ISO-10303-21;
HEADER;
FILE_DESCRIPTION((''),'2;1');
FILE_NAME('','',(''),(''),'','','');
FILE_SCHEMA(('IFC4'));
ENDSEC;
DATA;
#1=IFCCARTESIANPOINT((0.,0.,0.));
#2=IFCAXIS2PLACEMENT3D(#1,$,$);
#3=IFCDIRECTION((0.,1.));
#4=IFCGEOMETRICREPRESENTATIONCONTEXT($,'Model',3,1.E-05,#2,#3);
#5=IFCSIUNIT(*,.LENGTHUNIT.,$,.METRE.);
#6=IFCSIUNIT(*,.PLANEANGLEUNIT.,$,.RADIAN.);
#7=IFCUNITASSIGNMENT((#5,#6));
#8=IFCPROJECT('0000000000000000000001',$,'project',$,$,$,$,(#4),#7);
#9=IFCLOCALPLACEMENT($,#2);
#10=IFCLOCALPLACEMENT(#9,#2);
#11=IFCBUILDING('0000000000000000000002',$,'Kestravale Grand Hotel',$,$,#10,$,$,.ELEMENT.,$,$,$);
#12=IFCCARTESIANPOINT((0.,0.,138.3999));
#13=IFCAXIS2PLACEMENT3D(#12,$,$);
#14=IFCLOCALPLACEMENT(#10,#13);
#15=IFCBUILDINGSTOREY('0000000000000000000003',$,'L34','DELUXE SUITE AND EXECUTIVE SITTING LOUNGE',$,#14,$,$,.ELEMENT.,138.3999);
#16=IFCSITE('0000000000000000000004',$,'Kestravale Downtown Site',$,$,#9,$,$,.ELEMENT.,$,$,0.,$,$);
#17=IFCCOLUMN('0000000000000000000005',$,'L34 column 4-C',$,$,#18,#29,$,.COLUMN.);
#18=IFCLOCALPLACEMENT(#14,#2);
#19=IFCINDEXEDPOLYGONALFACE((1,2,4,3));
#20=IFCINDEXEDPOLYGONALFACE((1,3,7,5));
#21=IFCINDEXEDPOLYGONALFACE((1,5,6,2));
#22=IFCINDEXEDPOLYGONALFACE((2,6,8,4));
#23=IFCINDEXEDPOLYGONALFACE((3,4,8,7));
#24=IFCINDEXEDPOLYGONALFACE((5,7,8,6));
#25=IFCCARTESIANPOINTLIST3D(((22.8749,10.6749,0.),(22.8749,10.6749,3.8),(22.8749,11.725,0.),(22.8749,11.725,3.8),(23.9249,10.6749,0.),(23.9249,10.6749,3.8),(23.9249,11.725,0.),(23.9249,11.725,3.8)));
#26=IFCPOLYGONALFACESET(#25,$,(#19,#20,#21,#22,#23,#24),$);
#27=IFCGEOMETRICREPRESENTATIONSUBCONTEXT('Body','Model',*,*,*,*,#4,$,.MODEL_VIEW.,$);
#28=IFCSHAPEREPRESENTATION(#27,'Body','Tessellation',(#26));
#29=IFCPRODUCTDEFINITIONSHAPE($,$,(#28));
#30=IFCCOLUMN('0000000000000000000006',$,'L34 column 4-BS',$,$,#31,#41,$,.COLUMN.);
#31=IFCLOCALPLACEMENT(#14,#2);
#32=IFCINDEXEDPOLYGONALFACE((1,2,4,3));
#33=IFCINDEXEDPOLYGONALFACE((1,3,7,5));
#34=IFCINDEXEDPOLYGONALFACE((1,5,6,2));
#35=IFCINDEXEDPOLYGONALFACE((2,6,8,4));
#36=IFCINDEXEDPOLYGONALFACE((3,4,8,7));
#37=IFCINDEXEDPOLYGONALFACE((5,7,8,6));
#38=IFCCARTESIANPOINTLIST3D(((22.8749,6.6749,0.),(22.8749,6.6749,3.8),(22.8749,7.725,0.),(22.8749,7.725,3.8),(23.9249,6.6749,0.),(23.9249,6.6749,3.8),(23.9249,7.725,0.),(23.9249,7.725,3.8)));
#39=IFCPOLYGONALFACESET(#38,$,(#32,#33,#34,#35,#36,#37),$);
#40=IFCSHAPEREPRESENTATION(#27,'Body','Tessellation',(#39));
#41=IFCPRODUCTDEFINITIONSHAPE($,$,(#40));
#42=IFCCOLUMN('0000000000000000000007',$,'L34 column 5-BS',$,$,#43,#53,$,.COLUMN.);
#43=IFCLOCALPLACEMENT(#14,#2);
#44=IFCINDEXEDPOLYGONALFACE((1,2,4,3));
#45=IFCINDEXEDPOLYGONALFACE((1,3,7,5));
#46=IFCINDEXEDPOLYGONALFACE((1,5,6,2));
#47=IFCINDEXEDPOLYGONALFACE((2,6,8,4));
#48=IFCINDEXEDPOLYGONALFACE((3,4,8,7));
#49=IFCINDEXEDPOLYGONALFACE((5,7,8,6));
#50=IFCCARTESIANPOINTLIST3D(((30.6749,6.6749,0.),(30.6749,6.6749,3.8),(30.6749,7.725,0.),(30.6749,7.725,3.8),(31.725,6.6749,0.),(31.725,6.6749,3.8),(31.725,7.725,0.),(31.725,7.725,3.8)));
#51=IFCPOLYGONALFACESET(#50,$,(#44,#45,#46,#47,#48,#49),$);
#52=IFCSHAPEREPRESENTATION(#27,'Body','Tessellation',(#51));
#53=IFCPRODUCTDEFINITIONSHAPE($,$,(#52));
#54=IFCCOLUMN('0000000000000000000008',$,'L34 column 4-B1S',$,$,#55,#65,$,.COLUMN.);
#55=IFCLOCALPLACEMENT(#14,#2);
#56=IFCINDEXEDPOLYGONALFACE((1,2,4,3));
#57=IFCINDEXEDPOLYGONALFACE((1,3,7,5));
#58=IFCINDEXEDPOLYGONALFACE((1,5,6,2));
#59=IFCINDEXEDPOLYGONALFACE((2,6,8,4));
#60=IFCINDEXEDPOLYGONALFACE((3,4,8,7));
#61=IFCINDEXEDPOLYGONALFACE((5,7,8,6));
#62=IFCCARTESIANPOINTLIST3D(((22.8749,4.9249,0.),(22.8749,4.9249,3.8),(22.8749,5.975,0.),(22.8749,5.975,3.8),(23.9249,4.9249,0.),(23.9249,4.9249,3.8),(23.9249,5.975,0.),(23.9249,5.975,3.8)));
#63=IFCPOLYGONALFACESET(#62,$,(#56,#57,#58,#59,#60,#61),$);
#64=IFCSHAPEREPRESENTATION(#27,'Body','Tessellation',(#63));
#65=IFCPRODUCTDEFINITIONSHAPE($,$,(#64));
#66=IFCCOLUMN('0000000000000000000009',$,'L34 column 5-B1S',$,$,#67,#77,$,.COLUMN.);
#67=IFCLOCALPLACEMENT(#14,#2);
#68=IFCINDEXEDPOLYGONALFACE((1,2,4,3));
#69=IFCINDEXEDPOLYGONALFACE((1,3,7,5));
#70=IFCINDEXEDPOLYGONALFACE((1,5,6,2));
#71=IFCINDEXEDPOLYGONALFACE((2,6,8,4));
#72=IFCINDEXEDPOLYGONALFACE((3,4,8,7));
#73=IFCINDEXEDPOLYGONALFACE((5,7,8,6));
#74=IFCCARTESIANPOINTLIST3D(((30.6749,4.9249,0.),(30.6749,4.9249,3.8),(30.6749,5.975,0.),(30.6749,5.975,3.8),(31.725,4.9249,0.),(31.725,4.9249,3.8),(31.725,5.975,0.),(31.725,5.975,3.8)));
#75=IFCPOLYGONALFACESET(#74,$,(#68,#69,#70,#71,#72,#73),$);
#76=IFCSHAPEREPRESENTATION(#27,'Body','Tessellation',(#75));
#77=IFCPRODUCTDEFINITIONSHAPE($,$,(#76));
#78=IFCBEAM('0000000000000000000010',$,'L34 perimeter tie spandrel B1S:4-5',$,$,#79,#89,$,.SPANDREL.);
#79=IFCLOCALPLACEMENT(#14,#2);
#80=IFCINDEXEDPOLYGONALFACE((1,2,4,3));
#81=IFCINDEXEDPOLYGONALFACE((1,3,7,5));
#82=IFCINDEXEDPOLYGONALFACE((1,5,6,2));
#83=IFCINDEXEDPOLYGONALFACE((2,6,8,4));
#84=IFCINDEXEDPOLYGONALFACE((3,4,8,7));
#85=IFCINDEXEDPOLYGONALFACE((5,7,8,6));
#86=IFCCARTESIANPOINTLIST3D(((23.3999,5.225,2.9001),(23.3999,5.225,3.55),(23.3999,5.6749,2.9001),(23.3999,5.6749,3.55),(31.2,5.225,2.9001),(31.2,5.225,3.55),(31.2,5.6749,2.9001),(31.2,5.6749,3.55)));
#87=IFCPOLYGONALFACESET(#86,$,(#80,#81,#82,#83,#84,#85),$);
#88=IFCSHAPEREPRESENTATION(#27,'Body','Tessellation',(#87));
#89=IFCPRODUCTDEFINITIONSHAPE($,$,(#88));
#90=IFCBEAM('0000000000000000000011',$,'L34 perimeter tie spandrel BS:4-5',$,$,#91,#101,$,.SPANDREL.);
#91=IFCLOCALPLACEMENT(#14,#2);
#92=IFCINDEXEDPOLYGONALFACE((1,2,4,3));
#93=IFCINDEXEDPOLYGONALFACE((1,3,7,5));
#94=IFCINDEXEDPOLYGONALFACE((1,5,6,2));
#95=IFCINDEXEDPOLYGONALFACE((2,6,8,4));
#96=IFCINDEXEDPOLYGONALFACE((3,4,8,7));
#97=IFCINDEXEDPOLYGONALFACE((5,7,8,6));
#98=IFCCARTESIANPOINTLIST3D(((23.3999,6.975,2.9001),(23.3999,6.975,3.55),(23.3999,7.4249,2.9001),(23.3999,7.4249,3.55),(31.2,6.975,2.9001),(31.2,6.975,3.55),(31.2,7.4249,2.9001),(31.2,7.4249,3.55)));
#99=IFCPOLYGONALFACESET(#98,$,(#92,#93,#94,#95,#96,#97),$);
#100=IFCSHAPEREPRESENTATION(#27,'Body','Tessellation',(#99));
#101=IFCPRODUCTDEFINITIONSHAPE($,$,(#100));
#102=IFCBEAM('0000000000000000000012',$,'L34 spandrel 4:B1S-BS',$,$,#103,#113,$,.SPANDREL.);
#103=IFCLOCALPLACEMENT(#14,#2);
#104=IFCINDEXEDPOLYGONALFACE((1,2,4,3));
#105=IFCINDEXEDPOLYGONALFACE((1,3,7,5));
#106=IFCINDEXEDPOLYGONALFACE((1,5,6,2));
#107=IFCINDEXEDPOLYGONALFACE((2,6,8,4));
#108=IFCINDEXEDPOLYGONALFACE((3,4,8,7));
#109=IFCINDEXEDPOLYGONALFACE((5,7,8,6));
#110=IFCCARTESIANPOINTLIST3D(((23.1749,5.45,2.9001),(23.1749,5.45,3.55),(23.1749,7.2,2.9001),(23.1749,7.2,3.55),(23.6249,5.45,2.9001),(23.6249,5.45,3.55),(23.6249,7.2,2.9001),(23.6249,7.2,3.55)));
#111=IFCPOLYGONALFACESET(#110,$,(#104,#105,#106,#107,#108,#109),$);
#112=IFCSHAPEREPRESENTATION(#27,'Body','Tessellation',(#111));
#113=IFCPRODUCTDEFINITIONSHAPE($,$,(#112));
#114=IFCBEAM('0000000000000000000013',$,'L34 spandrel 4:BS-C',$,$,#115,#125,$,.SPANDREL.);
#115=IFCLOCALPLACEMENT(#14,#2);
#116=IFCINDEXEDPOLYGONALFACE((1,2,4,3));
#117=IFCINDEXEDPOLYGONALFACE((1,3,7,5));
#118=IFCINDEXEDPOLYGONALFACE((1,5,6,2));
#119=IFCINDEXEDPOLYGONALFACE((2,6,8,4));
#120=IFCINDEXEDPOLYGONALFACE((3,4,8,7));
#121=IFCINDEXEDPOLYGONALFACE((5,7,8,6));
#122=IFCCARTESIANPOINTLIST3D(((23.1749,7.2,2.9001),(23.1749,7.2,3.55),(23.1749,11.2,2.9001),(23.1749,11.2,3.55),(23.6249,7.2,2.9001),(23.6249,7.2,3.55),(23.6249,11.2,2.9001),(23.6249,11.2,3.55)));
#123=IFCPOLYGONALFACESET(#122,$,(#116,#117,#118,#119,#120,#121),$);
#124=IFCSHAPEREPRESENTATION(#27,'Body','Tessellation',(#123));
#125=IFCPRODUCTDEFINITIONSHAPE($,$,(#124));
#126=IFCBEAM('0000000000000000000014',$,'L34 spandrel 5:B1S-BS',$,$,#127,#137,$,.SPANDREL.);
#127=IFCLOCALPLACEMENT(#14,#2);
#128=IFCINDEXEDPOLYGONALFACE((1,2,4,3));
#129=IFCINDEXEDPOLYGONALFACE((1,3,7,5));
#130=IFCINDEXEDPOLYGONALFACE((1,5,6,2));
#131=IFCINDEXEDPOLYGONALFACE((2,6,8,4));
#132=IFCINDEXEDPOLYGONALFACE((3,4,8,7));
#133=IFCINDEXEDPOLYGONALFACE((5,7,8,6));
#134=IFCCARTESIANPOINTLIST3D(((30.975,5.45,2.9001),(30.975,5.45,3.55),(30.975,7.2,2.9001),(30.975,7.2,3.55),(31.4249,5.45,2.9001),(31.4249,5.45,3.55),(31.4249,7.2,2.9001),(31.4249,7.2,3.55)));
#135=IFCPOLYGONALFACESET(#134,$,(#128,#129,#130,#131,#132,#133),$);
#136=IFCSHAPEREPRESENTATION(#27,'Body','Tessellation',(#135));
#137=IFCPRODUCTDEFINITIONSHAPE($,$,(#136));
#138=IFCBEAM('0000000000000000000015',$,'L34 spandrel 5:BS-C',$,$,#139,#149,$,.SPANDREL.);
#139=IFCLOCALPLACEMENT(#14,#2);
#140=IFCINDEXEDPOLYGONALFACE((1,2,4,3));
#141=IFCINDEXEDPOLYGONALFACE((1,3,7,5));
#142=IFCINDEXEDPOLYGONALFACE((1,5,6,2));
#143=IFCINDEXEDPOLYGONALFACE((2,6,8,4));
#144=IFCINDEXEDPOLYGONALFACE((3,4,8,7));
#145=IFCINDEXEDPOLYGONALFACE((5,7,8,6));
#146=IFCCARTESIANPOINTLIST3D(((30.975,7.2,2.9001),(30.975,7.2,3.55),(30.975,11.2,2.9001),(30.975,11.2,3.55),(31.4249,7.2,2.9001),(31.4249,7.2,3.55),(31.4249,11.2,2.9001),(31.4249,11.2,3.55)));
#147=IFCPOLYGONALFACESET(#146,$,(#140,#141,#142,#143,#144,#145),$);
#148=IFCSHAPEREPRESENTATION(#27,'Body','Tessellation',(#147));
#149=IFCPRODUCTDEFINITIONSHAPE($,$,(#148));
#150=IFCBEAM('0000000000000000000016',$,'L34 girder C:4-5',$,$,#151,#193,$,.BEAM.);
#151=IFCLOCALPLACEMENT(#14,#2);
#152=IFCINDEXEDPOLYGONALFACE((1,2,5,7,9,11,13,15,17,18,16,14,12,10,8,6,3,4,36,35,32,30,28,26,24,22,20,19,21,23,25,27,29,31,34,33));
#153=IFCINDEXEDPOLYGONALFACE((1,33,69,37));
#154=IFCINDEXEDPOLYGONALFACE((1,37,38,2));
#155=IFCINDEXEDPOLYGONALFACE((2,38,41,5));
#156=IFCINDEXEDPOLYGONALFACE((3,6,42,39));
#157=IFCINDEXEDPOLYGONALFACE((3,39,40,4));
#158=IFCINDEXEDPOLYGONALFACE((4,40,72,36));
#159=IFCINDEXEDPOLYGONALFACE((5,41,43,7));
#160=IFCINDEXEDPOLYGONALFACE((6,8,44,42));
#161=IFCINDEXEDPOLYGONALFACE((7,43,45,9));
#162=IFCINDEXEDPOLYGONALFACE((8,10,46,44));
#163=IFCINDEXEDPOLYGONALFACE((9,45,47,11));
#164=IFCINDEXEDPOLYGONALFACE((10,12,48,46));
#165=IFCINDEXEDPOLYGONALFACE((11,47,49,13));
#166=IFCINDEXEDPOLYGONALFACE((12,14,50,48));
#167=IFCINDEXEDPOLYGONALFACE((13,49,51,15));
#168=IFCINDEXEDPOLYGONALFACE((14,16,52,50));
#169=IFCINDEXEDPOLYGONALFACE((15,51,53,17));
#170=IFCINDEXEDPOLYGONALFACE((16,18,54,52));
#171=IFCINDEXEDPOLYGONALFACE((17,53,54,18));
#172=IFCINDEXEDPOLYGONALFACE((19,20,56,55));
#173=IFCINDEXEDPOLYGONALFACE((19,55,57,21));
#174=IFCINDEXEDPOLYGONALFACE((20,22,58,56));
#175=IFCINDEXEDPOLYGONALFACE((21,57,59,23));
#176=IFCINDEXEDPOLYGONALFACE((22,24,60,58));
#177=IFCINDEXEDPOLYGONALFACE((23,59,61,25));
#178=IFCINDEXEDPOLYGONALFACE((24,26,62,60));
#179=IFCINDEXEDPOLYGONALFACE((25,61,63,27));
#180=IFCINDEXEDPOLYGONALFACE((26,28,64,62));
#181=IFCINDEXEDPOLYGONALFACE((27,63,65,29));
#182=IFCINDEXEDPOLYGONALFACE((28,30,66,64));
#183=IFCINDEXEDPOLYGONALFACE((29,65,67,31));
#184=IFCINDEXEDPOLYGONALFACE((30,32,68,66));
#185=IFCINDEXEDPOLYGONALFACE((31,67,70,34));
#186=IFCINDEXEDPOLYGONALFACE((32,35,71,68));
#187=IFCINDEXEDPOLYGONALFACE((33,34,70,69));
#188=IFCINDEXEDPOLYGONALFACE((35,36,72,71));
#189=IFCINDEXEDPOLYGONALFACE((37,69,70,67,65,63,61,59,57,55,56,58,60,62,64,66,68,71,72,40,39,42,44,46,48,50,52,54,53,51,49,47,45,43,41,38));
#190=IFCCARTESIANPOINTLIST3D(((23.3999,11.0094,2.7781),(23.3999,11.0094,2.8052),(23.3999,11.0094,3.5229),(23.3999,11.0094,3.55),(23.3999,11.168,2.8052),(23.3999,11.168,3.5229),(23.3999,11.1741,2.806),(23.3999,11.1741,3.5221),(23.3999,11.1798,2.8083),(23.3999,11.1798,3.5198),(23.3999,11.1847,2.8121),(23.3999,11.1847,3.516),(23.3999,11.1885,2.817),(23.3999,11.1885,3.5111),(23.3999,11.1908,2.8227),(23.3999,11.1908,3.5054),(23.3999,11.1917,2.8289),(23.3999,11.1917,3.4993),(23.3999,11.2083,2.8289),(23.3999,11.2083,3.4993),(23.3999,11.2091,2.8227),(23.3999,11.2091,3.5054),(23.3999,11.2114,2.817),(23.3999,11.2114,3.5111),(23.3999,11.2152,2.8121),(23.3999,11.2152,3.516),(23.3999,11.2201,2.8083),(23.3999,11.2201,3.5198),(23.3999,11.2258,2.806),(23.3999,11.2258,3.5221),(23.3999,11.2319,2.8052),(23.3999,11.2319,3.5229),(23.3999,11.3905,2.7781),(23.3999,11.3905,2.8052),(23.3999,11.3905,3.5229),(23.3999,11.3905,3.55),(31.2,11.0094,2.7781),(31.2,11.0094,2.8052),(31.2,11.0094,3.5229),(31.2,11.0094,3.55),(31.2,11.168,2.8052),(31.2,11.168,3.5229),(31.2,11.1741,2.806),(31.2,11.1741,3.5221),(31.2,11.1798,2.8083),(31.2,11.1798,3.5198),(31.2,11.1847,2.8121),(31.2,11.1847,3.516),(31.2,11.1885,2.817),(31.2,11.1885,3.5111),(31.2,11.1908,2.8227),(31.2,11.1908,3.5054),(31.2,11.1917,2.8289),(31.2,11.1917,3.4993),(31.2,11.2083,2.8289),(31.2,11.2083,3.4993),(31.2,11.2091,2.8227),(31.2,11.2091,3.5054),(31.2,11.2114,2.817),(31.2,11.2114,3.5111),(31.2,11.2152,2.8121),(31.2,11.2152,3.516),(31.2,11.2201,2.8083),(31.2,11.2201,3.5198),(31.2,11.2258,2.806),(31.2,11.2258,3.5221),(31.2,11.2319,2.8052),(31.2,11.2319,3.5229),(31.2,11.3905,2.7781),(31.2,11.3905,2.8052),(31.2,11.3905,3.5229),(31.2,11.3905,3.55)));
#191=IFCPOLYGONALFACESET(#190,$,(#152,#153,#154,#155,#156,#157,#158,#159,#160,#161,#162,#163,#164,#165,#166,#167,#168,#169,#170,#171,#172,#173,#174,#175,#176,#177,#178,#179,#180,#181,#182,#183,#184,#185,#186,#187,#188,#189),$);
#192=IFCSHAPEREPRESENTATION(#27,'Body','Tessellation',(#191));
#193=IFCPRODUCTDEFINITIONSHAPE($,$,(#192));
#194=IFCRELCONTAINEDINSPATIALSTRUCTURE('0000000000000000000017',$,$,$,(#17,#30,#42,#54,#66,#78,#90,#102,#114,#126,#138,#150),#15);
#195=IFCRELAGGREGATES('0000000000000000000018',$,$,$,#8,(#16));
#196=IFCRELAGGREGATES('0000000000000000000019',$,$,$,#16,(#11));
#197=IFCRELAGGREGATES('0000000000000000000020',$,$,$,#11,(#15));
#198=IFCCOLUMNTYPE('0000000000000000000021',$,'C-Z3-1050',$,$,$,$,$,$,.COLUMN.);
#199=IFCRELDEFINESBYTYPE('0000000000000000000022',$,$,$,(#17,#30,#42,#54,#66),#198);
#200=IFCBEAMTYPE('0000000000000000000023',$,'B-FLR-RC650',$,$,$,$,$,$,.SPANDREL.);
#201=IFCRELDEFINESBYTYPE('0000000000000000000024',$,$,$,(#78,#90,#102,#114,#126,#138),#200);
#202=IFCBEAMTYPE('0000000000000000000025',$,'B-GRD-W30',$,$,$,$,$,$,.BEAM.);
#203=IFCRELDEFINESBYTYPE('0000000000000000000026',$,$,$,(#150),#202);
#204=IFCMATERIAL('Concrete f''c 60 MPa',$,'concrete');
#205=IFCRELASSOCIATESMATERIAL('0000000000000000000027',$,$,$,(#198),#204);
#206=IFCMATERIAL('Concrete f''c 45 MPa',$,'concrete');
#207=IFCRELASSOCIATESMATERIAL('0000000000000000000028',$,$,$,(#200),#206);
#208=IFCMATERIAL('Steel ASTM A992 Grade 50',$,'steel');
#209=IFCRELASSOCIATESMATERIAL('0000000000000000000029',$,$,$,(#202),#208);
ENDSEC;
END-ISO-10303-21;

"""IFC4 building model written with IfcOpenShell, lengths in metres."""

from ifc_helpers import new_model, si_unit, direction, frame, origin, origin_2d, place, context, subcontext, project, spatial, rectangle, i_section, extrude, material, material_profile, profile_set, type_object, element, save


model = new_model("IFC4")

# Units and contexts
model_context = context("Model", 3, precision=1e-05, world=origin(), true_north=direction((0.0, 1.0)))
body_context = subcontext(model_context, "Body", "Model", "MODEL_VIEW")
ifc_project = project(units=[si_unit("LENGTHUNIT", "METRE"), si_unit("PLANEANGLEUNIT", "RADIAN")], contexts=[model_context])

# Site, building, storey
site_placement = place(None, origin())
site = spatial("IfcSite", under=ifc_project, at=site_placement, Name="Kestravale Downtown Site", CompositionType="ELEMENT", RefElevation=0.0)
building_placement = place(site_placement, origin())
building = spatial("IfcBuilding", under=site, at=building_placement, Name="Kestravale Grand Hotel", CompositionType="ELEMENT")
storey_placement = place(building_placement, frame((0.0, 0.0, 138.3999)))
storey = spatial("IfcBuildingStorey", under=building, at=storey_placement, Name="L34", Description="DELUXE SUITE AND EXECUTIVE SITTING LOUNGE", CompositionType="ELEMENT", Elevation=138.3999)

# Columns
ifc_material_1 = material(Name="Concrete f'c 60 MPa", Category="concrete")
ifc_material_profile_1 = material_profile(ifc_material_1, rectangle(XDim=1.05, YDim=1.05, at=origin_2d()))
ifc_profile_set_1 = profile_set([ifc_material_profile_1], Name="Concrete f'c 60 MPa")
column_type = type_object("IfcColumnType", Name="C-Z3-1050", PredefinedType="COLUMN", material=ifc_profile_set_1)
for number, where, z_axis, x_axis, name in (
    (1, (23.3999, 11.2, 0.0), (0.0, 0.0, 1.0), (1.0, 0.0, 0.0), "L34 column 4-C"),
    (2, (23.3999, 7.2, 0.0), (0.0, 0.0, 1.0), (1.0, 0.0, 0.0), "L34 column 4-BS"),
    (3, (31.2, 7.2, 0.0), (0.0, 0.0, 1.0), (1.0, 0.0, 0.0), "L34 column 5-BS"),
    (4, (23.3999, 5.45, 0.0), (0.0, 0.0, 1.0), (1.0, 0.0, 0.0), "L34 column 4-B1S"),
    (5, (31.2, 5.45, 0.0), (0.0, 0.0, 1.0), (1.0, 0.0, 0.0), "L34 column 5-B1S"),
):
    element("IfcColumn", number, at=place(storey_placement, frame(where, z_axis=z_axis, x_axis=x_axis)), inside=storey, type_object=column_type, Name=name, PredefinedType="COLUMN", context=body_context, shape_type="SweptSolid", body=[
        extrude(rectangle(XDim=1.05, YDim=1.05, at=origin_2d()), origin(), (0.0, 0.0, 1.0), 3.8),
    ])

# Beams
ifc_material_2 = material(Name="Concrete f'c 45 MPa", Category="concrete")
ifc_material_profile_2 = material_profile(ifc_material_2, rectangle(XDim=0.45, YDim=0.6499, at=origin_2d()))
ifc_profile_set_2 = profile_set([ifc_material_profile_2], Name="Concrete f'c 45 MPa")
beam_type_1 = type_object("IfcBeamType", Name="B-FLR-RC650", PredefinedType="SPANDREL", material=ifc_profile_set_2)
for number, where, z_axis, x_axis, name in (
    (6, (23.3999, 5.45, 3.2251), (1.0, 0.0, 0.0), (0.0, 1.0, 0.0), "L34 perimeter tie spandrel B1S:4-5"),
    (7, (23.3999, 7.2, 3.2251), (1.0, 0.0, 0.0), (0.0, 1.0, 0.0), "L34 perimeter tie spandrel BS:4-5"),
):
    element("IfcBeam", number, at=place(storey_placement, frame(where, z_axis=z_axis, x_axis=x_axis)), inside=storey, type_object=beam_type_1, Name=name, PredefinedType="SPANDREL", context=body_context, shape_type="SweptSolid", body=[
        extrude(rectangle(XDim=0.45, YDim=0.6499, at=origin_2d()), origin(), (0.0, 0.0, 1.0), 7.8),
    ])
beam_1_placement = place(storey_placement, frame((23.3999, 5.45, 3.2251), z_axis=(0.0, 1.0, 0.0), x_axis=(-1.0, 0.0, 0.0)))
element("IfcBeam", 8, at=beam_1_placement, inside=storey, type_object=beam_type_1, Name="L34 spandrel 4:B1S-BS", PredefinedType="SPANDREL", context=body_context, shape_type="SweptSolid", body=[
    extrude(rectangle(XDim=0.45, YDim=0.6499, at=origin_2d()), origin(), (0.0, 0.0, 1.0), 1.75),
])
beam_2_placement = place(storey_placement, frame((23.3999, 7.2, 3.2251), z_axis=(0.0, 1.0, 0.0), x_axis=(-1.0, 0.0, 0.0)))
element("IfcBeam", 9, at=beam_2_placement, inside=storey, type_object=beam_type_1, Name="L34 spandrel 4:BS-C", PredefinedType="SPANDREL", context=body_context, shape_type="SweptSolid", body=[
    extrude(rectangle(XDim=0.45, YDim=0.6499, at=origin_2d()), origin(), (0.0, 0.0, 1.0), 4.0),
])
beam_3_placement = place(storey_placement, frame((31.2, 5.45, 3.2251), z_axis=(0.0, 1.0, 0.0), x_axis=(-1.0, 0.0, 0.0)))
element("IfcBeam", 10, at=beam_3_placement, inside=storey, type_object=beam_type_1, Name="L34 spandrel 5:B1S-BS", PredefinedType="SPANDREL", context=body_context, shape_type="SweptSolid", body=[
    extrude(rectangle(XDim=0.45, YDim=0.6499, at=origin_2d()), origin(), (0.0, 0.0, 1.0), 1.75),
])
beam_4_placement = place(storey_placement, frame((31.2, 7.2, 3.2251), z_axis=(0.0, 1.0, 0.0), x_axis=(-1.0, 0.0, 0.0)))
element("IfcBeam", 11, at=beam_4_placement, inside=storey, type_object=beam_type_1, Name="L34 spandrel 5:BS-C", PredefinedType="SPANDREL", context=body_context, shape_type="SweptSolid", body=[
    extrude(rectangle(XDim=0.45, YDim=0.6499, at=origin_2d()), origin(), (0.0, 0.0, 1.0), 4.0),
])
ifc_material_3 = material(Name="Steel ASTM A992 Grade 50", Category="steel")
ifc_material_profile_3 = material_profile(ifc_material_3, i_section(OverallWidth=0.3811, OverallDepth=0.772, WebThickness=0.0166, FlangeThickness=0.0271, FilletRadius=0.0237, at=origin_2d()))
ifc_profile_set_3 = profile_set([ifc_material_profile_3], Name="Steel ASTM A992 Grade 50")
beam_type_2 = type_object("IfcBeamType", Name="B-GRD-W30", PredefinedType="BEAM", material=ifc_profile_set_3)
beam_5_placement = place(storey_placement, frame((23.3999, 11.2, 3.1641), z_axis=(1.0, 0.0, 0.0), x_axis=(0.0, 1.0, 0.0)))
element("IfcBeam", 12, at=beam_5_placement, inside=storey, type_object=beam_type_2, Name="L34 girder C:4-5", PredefinedType="BEAM", context=body_context, shape_type="SweptSolid", body=[
    extrude(i_section(OverallWidth=0.3811, OverallDepth=0.772, WebThickness=0.0166, FlangeThickness=0.0271, FilletRadius=0.0237, at=origin_2d()), origin(), (0.0, 0.0, 1.0), 7.8),
])

save(model, "model.ifc")
